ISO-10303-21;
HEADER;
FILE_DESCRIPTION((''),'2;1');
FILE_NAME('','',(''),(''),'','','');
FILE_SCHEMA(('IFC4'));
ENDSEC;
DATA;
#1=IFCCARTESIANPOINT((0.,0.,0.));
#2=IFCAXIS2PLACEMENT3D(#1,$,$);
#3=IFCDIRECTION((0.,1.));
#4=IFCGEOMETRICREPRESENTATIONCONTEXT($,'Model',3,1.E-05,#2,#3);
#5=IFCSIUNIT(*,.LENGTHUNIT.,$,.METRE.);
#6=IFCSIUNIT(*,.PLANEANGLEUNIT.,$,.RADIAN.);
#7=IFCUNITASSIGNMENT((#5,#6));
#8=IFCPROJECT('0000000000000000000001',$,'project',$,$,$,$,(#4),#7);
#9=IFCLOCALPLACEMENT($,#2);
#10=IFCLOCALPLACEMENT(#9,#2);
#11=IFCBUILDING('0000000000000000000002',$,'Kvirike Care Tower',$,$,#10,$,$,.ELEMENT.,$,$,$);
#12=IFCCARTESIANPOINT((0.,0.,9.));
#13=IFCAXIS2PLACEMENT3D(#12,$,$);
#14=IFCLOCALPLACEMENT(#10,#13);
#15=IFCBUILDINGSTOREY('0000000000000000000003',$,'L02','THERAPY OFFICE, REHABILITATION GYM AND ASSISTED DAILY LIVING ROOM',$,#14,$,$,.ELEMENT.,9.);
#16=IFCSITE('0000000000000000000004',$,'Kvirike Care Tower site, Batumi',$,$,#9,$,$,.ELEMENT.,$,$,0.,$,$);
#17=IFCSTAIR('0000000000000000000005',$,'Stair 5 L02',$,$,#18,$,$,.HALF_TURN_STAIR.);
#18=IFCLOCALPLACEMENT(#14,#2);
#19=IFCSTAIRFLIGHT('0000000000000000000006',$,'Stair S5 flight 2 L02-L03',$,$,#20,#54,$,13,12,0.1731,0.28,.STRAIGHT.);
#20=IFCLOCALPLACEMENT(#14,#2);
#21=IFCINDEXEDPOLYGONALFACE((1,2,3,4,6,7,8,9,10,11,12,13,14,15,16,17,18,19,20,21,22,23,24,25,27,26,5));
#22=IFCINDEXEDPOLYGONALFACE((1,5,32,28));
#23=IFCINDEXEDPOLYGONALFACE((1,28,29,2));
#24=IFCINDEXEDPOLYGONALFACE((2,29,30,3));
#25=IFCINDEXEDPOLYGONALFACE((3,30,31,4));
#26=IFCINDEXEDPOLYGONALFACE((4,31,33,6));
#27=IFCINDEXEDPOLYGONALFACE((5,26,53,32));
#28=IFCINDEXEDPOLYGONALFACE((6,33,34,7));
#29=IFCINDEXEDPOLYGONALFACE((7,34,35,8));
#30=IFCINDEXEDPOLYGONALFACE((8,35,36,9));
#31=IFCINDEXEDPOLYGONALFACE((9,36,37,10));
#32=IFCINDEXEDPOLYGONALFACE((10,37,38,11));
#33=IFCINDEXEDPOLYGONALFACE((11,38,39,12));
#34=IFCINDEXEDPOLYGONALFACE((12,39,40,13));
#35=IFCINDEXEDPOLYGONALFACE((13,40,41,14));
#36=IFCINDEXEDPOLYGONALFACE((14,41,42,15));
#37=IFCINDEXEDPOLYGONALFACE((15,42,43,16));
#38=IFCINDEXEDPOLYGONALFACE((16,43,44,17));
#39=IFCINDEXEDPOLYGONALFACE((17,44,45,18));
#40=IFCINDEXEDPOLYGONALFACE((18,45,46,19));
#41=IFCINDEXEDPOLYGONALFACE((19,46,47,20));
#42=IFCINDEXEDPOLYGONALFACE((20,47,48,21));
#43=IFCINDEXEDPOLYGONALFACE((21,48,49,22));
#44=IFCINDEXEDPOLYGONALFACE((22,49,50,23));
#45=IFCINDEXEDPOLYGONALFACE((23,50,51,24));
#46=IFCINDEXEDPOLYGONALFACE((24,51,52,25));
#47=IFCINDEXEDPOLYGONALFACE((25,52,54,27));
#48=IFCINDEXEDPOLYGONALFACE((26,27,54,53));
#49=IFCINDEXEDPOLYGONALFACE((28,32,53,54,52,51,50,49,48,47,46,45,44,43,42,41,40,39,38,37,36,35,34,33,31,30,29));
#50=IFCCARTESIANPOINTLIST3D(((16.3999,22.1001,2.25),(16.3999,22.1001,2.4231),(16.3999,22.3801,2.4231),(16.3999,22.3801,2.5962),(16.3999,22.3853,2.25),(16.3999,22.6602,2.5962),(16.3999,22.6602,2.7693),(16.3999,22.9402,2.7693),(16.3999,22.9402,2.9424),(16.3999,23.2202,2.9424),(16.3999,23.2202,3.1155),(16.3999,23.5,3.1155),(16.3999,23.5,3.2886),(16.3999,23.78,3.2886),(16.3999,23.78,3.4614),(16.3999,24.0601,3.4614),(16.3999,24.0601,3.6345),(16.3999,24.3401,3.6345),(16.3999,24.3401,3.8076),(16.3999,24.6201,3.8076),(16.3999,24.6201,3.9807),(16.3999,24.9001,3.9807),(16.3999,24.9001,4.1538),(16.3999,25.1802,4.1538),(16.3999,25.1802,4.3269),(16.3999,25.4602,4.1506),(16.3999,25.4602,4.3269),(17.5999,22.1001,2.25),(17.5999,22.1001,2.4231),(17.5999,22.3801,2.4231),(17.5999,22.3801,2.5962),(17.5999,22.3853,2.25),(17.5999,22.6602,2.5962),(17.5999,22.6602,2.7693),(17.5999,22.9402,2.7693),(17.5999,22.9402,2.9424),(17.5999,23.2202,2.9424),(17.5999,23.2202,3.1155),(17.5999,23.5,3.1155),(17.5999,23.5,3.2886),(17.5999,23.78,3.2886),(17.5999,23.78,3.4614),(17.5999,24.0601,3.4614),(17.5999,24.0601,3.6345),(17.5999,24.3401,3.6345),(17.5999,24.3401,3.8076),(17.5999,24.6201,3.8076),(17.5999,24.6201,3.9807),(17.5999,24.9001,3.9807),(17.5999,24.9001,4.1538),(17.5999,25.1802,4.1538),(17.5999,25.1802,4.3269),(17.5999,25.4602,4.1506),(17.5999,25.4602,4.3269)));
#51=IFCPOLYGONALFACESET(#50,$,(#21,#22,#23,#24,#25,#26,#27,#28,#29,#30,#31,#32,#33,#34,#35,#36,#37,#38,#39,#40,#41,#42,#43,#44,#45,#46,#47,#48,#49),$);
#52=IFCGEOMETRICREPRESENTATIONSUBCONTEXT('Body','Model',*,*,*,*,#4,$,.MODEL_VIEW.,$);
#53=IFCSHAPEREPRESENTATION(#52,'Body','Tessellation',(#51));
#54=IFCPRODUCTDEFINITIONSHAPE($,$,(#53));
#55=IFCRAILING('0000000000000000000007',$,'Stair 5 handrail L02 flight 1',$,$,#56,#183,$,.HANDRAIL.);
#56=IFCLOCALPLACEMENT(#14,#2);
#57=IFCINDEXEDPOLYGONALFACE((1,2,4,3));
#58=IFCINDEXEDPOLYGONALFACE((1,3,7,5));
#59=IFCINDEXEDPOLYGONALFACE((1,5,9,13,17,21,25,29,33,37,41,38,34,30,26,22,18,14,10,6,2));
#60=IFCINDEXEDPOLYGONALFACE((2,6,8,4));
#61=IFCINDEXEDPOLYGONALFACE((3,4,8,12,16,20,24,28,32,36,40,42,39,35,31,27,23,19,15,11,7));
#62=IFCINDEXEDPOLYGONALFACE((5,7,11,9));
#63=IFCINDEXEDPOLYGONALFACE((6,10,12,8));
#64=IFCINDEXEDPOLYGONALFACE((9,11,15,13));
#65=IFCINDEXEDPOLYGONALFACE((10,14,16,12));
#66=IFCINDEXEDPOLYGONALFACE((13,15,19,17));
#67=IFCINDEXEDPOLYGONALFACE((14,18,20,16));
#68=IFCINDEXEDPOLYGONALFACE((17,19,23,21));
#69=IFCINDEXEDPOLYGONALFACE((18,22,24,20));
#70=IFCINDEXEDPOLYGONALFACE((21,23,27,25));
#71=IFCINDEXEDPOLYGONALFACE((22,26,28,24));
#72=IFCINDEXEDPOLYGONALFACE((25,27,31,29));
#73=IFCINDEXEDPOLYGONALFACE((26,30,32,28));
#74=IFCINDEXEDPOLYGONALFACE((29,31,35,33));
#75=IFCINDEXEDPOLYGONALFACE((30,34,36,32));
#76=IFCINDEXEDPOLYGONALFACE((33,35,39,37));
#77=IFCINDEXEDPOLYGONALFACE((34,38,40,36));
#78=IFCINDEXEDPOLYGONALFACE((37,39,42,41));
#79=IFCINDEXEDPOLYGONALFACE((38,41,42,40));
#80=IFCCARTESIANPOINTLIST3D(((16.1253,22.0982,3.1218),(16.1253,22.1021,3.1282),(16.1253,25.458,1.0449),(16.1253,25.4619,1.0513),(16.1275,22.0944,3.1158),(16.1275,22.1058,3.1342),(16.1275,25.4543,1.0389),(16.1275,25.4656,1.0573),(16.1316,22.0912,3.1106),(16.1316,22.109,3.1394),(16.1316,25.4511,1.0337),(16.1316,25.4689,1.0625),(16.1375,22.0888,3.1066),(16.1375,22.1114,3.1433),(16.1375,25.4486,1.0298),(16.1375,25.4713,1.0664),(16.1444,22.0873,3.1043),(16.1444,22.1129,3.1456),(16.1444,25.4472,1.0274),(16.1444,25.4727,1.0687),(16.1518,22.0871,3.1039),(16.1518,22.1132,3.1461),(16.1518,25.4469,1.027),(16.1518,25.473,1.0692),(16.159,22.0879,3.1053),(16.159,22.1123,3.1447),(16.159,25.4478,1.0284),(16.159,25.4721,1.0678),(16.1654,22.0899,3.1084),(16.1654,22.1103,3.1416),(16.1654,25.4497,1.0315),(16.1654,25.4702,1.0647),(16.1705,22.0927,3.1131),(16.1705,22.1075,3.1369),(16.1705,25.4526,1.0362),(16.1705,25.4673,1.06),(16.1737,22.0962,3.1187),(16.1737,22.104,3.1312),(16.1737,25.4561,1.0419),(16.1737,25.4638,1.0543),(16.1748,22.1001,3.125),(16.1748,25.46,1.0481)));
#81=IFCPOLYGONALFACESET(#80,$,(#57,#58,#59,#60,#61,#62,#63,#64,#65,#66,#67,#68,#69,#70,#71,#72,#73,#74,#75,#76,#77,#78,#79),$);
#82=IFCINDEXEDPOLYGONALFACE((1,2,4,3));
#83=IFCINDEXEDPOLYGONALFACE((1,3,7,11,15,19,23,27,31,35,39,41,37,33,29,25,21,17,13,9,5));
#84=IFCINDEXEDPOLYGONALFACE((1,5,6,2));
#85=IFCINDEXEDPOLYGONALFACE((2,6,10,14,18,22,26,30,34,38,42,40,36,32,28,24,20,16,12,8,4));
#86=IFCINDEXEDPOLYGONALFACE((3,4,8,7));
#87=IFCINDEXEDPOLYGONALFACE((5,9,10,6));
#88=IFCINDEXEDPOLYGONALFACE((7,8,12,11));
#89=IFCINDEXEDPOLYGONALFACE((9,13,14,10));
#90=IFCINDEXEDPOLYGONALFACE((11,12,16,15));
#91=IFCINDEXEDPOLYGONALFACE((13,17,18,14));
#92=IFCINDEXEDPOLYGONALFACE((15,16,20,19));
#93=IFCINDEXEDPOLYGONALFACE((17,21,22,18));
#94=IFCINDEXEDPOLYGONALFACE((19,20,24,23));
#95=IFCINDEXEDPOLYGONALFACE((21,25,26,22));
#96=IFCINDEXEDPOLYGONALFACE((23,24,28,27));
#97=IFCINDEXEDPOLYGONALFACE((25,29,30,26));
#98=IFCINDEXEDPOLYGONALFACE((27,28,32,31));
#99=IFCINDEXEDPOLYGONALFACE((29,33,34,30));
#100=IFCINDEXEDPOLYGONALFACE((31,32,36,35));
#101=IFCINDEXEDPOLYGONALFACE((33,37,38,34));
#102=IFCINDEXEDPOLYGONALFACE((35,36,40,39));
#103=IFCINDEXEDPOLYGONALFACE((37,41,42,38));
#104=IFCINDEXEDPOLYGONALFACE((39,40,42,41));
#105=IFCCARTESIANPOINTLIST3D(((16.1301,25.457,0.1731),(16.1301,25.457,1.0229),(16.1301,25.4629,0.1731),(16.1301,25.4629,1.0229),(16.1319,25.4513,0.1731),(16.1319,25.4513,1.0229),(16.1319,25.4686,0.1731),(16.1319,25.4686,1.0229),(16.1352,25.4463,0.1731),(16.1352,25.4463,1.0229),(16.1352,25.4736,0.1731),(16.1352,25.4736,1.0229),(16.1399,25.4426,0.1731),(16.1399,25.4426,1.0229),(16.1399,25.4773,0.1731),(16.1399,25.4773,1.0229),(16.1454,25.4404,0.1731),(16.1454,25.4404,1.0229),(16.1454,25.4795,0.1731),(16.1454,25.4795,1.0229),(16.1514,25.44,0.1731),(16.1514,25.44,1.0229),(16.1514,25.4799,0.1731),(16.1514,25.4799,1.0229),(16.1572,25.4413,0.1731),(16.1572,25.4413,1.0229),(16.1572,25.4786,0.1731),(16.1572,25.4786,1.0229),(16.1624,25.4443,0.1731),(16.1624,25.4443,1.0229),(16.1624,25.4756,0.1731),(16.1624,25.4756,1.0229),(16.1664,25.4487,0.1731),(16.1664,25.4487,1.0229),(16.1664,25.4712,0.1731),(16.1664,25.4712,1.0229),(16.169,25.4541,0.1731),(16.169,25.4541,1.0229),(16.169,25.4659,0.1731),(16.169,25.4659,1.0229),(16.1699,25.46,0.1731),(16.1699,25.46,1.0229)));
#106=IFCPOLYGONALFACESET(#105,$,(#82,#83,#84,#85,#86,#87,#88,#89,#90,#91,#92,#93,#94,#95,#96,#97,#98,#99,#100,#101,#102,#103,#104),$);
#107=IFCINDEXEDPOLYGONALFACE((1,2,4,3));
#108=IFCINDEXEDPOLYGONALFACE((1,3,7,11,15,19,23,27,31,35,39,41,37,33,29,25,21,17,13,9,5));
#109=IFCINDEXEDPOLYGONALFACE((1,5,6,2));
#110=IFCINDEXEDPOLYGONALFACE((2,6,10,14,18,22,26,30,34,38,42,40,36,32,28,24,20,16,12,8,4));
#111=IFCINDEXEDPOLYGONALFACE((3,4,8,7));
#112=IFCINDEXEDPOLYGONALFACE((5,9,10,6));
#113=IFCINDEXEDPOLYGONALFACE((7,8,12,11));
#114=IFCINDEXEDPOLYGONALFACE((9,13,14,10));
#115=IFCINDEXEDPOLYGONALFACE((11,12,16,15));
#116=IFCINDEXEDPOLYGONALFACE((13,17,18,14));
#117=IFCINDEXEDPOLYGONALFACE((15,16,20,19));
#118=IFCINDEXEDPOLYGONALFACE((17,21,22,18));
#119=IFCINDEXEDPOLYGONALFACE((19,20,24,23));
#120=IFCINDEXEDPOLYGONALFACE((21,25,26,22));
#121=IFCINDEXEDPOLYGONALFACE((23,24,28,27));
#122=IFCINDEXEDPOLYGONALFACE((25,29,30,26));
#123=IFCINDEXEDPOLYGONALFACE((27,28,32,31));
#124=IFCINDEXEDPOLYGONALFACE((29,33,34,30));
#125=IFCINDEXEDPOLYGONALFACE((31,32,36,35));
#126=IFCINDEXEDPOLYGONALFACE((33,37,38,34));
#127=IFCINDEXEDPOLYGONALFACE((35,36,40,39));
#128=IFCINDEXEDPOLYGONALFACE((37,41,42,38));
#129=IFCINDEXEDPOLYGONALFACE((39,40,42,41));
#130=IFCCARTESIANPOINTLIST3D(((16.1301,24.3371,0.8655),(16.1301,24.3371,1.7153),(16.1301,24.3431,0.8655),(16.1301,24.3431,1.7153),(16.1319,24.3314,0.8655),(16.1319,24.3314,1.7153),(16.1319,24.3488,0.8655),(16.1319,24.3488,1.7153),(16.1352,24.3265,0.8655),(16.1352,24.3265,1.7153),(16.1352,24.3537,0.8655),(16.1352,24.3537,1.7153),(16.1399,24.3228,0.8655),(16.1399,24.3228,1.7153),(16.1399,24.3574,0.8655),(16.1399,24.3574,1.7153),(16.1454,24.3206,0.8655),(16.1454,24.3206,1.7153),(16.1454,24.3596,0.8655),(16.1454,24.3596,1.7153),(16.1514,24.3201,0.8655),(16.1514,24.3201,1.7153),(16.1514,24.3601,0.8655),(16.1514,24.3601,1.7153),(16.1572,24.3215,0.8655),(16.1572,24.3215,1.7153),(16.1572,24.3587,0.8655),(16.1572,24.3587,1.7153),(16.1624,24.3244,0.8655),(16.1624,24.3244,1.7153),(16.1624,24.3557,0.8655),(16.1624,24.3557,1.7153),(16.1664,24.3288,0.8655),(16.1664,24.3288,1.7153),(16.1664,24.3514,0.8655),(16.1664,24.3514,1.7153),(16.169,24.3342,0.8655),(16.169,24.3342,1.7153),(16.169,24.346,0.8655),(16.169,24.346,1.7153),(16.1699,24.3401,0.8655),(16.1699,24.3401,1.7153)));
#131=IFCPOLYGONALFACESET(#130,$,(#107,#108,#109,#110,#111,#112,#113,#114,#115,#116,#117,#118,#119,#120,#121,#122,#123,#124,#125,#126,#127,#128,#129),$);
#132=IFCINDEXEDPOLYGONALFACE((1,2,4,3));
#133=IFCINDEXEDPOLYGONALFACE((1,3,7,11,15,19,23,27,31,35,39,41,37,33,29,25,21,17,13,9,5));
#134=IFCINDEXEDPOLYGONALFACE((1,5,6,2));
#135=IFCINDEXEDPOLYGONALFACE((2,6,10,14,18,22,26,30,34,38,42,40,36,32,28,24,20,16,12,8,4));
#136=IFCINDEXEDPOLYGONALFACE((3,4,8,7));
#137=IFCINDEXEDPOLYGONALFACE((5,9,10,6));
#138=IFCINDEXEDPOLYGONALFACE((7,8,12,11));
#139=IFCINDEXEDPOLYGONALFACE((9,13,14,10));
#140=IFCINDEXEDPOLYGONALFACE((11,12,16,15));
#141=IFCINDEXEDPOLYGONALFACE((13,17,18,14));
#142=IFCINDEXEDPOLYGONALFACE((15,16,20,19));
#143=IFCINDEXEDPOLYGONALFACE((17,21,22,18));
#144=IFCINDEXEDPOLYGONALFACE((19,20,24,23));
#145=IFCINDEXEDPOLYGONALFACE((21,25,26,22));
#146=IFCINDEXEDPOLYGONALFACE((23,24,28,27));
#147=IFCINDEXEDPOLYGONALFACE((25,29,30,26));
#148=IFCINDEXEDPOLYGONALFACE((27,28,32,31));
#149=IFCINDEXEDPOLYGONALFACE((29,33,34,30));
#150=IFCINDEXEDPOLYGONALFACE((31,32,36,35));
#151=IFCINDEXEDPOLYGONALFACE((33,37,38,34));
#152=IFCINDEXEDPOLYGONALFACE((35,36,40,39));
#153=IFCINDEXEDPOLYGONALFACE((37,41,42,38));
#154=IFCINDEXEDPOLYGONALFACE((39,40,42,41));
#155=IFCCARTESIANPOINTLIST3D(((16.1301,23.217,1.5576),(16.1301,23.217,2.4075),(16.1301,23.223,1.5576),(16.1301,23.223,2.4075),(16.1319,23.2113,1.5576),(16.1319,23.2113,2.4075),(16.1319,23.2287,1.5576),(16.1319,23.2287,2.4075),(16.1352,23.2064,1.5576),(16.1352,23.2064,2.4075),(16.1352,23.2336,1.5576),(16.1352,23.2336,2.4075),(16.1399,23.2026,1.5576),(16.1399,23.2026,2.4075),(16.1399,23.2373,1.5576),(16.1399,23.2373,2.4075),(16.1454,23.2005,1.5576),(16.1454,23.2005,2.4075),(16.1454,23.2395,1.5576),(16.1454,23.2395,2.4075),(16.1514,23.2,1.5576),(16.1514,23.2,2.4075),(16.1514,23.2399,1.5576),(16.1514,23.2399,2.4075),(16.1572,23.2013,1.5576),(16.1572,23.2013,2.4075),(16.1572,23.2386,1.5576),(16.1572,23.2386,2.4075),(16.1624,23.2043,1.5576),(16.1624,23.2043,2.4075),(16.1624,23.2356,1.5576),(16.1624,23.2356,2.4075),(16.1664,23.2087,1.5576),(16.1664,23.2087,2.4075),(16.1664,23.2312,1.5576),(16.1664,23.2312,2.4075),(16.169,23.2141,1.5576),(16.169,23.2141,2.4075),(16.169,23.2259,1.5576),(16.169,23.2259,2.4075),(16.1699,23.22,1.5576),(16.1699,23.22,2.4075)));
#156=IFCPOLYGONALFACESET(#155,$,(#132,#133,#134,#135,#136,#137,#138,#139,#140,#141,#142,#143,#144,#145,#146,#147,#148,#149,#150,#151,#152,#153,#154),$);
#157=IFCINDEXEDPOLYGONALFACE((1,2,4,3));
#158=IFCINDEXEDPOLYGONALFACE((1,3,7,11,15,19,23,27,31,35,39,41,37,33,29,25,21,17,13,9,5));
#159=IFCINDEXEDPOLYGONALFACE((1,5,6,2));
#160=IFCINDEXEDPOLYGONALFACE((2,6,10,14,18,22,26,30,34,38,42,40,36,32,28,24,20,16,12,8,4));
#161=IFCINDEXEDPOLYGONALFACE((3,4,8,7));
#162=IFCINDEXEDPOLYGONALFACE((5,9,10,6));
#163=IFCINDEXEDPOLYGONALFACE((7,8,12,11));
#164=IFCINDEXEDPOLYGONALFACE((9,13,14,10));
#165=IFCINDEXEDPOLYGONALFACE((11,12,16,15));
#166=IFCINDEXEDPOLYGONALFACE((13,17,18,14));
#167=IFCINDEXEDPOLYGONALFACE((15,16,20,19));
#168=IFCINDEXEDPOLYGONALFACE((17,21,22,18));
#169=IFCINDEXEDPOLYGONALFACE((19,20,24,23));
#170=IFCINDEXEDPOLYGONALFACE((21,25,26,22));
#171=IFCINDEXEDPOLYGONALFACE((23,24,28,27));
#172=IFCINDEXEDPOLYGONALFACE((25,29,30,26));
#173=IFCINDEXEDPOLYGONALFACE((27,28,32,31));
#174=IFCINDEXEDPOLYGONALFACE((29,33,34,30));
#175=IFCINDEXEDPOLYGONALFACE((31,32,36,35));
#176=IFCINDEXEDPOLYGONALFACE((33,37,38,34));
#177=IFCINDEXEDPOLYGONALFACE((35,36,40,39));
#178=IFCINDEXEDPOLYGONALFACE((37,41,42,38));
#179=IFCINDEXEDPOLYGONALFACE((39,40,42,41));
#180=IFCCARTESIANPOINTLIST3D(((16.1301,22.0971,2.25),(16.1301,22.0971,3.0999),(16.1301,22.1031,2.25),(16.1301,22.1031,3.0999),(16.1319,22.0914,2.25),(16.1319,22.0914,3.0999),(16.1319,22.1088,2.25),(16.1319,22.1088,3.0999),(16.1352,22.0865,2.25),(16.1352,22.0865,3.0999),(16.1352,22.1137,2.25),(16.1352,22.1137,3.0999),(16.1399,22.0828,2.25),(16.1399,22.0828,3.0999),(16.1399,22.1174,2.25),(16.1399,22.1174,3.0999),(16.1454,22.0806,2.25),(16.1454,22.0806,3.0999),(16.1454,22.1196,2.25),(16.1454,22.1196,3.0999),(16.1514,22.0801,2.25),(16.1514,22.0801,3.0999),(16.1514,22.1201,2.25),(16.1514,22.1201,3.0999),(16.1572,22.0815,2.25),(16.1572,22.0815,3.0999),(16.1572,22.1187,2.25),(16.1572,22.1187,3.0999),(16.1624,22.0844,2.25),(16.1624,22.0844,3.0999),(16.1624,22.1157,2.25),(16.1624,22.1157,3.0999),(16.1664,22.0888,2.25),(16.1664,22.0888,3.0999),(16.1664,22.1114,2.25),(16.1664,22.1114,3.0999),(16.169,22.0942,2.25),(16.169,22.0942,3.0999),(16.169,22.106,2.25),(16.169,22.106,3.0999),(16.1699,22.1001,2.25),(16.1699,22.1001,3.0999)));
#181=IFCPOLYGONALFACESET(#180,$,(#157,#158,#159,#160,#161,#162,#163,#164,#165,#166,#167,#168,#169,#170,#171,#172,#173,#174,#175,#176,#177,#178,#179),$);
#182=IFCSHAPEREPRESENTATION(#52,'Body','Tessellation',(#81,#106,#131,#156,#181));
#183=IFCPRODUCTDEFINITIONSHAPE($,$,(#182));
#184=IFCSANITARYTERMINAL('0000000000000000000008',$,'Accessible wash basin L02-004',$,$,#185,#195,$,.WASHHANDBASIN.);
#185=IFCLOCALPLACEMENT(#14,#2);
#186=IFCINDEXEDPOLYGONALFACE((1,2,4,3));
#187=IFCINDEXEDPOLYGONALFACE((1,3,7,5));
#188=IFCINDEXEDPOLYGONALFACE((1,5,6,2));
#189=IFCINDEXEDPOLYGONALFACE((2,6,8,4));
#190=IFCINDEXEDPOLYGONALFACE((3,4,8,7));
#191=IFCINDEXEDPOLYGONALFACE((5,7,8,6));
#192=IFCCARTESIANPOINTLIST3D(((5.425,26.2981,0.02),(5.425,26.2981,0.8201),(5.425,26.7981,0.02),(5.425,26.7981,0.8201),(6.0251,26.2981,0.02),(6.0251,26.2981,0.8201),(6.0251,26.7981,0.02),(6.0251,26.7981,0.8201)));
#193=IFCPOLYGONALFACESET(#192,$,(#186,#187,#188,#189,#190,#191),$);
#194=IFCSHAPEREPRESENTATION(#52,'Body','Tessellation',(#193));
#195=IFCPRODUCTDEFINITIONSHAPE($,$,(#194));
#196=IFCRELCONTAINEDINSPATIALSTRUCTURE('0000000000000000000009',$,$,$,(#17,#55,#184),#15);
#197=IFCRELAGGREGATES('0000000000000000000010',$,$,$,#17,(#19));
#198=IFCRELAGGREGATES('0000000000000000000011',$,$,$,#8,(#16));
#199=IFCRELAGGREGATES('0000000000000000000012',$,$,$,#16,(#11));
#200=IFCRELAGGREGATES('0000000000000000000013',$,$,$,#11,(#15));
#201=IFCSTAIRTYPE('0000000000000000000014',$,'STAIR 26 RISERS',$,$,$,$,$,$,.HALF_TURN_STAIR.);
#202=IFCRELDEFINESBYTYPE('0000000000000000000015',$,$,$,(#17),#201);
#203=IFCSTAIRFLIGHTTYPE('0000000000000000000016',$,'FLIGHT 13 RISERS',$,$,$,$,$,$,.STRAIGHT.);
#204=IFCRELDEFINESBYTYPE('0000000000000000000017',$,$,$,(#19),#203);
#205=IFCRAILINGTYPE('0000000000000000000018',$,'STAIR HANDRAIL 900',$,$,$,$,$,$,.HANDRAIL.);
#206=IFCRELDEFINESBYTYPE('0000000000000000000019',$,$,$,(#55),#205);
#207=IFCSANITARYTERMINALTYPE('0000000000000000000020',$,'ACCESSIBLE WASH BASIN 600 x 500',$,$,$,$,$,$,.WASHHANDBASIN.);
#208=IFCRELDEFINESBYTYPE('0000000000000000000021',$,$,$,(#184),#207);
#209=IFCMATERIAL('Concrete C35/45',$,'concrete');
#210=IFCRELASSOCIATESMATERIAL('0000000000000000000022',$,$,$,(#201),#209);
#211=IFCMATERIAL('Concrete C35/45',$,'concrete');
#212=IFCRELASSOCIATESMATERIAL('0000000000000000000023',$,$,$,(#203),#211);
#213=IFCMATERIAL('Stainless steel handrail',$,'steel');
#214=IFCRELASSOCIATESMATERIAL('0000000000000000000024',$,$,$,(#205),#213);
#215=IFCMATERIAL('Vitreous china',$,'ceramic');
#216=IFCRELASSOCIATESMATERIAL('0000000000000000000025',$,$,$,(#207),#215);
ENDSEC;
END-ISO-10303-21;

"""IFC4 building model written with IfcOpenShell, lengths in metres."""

from ifc_helpers import new_model, si_unit, direction, frame, origin, origin_2d, place, context, subcontext, project, spatial, polyline, rectangle, circle, outline, extrude, material, type_object, element, aggregate, save


model = new_model("IFC4")

# Units and contexts
model_context = context("Model", 3, precision=1e-05, world=origin(), true_north=direction((0.0, 1.0)))
body_context = subcontext(model_context, "Body", "Model", "MODEL_VIEW")
ifc_project = project(units=[si_unit("LENGTHUNIT", "METRE"), si_unit("PLANEANGLEUNIT", "RADIAN")], contexts=[model_context])

# Site, building, storey
site_placement = place(None, origin())
site = spatial("IfcSite", under=ifc_project, at=site_placement, Name="Kvirike Care Tower site, Batumi", CompositionType="ELEMENT", RefElevation=0.0)
building_placement = place(site_placement, origin())
building = spatial("IfcBuilding", under=site, at=building_placement, Name="Kvirike Care Tower", CompositionType="ELEMENT")
storey_placement = place(building_placement, frame((0.0, 0.0, 9.0)))
storey = spatial("IfcBuildingStorey", under=building, at=storey_placement, Name="L02", Description="THERAPY OFFICE, REHABILITATION GYM AND ASSISTED DAILY LIVING ROOM", CompositionType="ELEMENT", Elevation=9.0)

# Stair, stair flight
ifc_material_1 = material(Name="Concrete C35/45", Category="concrete")
stair_type = type_object("IfcStairType", Name="STAIR 26 RISERS", PredefinedType="HALF_TURN_STAIR", material=ifc_material_1)
stair_placement = place(storey_placement, origin())
stair = element("IfcStair", 1, at=stair_placement, inside=storey, type_object=stair_type, Name="Stair 5 L02", PredefinedType="HALF_TURN_STAIR")
ifc_material_2 = material(Name="Concrete C35/45", Category="concrete")
stair_flight_type = type_object("IfcStairFlightType", Name="FLIGHT 13 RISERS", PredefinedType="STRAIGHT", material=ifc_material_2)
stair_flight_1_placement = place(storey_placement, frame((17.0, 22.1001, 2.25), z_axis=(0.0, 0.0, 1.0), x_axis=(0.0, 1.0, 0.0)))
stair_flight_1 = element("IfcStairFlight", 2, at=stair_flight_1_placement, type_object=stair_flight_type, Name="Stair S5 flight 2 L02-L03", NumberOfRisers=13, NumberOfTreads=12, PredefinedType="STRAIGHT", RiserHeight=0.1731, TreadLength=0.28, context=body_context, shape_type="SweptSolid", body=[
    extrude(outline(polyline([(0.0, 0.0), (0.0, 0.1731), (0.28, 0.1731), (0.28, 0.3462), (0.5601, 0.3462), (0.5601, 0.5193), (0.8401, 0.5193), (0.8401, 0.6924), (1.1201, 0.6924), (1.1201, 0.8655), (1.3999, 0.8655), (1.3999, 1.0386), (1.6799, 1.0386), (1.6799, 1.2114), (1.96, 1.2114), (1.96, 1.3845), (2.24, 1.3845), (2.24, 1.5576), (2.52, 1.5576), (2.52, 1.7307), (2.8, 1.7307), (2.8, 1.9038), (3.0801, 1.9038), (3.0801, 2.0769), (3.3601, 2.0769), (3.3601, 2.25), (3.3601, 1.9006), (0.2852, 0.0), (0.0, 0.0)])), frame((0.0, 0.6001, 0.0), z_axis=(0.0, -1.0, 0.0), x_axis=(1.0, 0.0, 0.0)), (0.0, 0.0, 1.0), 1.2),
])
aggregate(stair, [stair_flight_1])

# Railing
ifc_material_3 = material(Name="Stainless steel handrail", Category="steel")
railing_type = type_object("IfcRailingType", Name="STAIR HANDRAIL 900", PredefinedType="HANDRAIL", material=ifc_material_3)
railing_placement = place(storey_placement, frame((16.1499, 25.46, 0.1731)))
element("IfcRailing", 3, at=railing_placement, inside=storey, type_object=railing_type, Name="Stair 5 handrail L02 flight 1", PredefinedType="HANDRAIL", context=body_context, shape_type="SweptSolid", body=[
    extrude(circle(Radius=0.0249, at=origin_2d()), frame((0.0, 0.0, 0.875), z_axis=(0.0, -0.850606, 0.525803), x_axis=(1.0, 0.0, 0.0)), (0.0, 0.0, 1.0), 3.95),
    extrude(circle(Radius=0.02, at=origin_2d()), origin(), (0.0, 0.0, 1.0), 0.8499),
    extrude(circle(Radius=0.02, at=origin_2d()), frame((0.0, -1.1199, 0.6924)), (0.0, 0.0, 1.0), 0.8499),
    extrude(circle(Radius=0.02, at=origin_2d()), frame((0.0, -2.24, 1.3845)), (0.0, 0.0, 1.0), 0.8499),
    extrude(circle(Radius=0.02, at=origin_2d()), frame((0.0, -3.3599, 2.0769)), (0.0, 0.0, 1.0), 0.8499),
])

# Sanitary terminal
ifc_material_4 = material(Name="Vitreous china", Category="ceramic")
sanitary_terminal_type_1 = type_object("IfcSanitaryTerminalType", Name="ACCESSIBLE WASH BASIN 600 x 500", PredefinedType="WASHHANDBASIN", material=ifc_material_4)
sanitary_terminal_1_placement = place(storey_placement, frame((5.7251, 26.5481, 0.02), z_axis=(0.0, 0.0, 1.0), x_axis=(1.0, 0.0, 0.0)))
element("IfcSanitaryTerminal", 4, at=sanitary_terminal_1_placement, inside=storey, type_object=sanitary_terminal_type_1, Name="Accessible wash basin L02-004", PredefinedType="WASHHANDBASIN", context=body_context, shape_type="SweptSolid", body=[
    extrude(rectangle(XDim=0.6001, YDim=0.5, at=origin_2d()), origin(), (0.0, 0.0, 1.0), 0.8),
])

save(model, "model.ifc")
